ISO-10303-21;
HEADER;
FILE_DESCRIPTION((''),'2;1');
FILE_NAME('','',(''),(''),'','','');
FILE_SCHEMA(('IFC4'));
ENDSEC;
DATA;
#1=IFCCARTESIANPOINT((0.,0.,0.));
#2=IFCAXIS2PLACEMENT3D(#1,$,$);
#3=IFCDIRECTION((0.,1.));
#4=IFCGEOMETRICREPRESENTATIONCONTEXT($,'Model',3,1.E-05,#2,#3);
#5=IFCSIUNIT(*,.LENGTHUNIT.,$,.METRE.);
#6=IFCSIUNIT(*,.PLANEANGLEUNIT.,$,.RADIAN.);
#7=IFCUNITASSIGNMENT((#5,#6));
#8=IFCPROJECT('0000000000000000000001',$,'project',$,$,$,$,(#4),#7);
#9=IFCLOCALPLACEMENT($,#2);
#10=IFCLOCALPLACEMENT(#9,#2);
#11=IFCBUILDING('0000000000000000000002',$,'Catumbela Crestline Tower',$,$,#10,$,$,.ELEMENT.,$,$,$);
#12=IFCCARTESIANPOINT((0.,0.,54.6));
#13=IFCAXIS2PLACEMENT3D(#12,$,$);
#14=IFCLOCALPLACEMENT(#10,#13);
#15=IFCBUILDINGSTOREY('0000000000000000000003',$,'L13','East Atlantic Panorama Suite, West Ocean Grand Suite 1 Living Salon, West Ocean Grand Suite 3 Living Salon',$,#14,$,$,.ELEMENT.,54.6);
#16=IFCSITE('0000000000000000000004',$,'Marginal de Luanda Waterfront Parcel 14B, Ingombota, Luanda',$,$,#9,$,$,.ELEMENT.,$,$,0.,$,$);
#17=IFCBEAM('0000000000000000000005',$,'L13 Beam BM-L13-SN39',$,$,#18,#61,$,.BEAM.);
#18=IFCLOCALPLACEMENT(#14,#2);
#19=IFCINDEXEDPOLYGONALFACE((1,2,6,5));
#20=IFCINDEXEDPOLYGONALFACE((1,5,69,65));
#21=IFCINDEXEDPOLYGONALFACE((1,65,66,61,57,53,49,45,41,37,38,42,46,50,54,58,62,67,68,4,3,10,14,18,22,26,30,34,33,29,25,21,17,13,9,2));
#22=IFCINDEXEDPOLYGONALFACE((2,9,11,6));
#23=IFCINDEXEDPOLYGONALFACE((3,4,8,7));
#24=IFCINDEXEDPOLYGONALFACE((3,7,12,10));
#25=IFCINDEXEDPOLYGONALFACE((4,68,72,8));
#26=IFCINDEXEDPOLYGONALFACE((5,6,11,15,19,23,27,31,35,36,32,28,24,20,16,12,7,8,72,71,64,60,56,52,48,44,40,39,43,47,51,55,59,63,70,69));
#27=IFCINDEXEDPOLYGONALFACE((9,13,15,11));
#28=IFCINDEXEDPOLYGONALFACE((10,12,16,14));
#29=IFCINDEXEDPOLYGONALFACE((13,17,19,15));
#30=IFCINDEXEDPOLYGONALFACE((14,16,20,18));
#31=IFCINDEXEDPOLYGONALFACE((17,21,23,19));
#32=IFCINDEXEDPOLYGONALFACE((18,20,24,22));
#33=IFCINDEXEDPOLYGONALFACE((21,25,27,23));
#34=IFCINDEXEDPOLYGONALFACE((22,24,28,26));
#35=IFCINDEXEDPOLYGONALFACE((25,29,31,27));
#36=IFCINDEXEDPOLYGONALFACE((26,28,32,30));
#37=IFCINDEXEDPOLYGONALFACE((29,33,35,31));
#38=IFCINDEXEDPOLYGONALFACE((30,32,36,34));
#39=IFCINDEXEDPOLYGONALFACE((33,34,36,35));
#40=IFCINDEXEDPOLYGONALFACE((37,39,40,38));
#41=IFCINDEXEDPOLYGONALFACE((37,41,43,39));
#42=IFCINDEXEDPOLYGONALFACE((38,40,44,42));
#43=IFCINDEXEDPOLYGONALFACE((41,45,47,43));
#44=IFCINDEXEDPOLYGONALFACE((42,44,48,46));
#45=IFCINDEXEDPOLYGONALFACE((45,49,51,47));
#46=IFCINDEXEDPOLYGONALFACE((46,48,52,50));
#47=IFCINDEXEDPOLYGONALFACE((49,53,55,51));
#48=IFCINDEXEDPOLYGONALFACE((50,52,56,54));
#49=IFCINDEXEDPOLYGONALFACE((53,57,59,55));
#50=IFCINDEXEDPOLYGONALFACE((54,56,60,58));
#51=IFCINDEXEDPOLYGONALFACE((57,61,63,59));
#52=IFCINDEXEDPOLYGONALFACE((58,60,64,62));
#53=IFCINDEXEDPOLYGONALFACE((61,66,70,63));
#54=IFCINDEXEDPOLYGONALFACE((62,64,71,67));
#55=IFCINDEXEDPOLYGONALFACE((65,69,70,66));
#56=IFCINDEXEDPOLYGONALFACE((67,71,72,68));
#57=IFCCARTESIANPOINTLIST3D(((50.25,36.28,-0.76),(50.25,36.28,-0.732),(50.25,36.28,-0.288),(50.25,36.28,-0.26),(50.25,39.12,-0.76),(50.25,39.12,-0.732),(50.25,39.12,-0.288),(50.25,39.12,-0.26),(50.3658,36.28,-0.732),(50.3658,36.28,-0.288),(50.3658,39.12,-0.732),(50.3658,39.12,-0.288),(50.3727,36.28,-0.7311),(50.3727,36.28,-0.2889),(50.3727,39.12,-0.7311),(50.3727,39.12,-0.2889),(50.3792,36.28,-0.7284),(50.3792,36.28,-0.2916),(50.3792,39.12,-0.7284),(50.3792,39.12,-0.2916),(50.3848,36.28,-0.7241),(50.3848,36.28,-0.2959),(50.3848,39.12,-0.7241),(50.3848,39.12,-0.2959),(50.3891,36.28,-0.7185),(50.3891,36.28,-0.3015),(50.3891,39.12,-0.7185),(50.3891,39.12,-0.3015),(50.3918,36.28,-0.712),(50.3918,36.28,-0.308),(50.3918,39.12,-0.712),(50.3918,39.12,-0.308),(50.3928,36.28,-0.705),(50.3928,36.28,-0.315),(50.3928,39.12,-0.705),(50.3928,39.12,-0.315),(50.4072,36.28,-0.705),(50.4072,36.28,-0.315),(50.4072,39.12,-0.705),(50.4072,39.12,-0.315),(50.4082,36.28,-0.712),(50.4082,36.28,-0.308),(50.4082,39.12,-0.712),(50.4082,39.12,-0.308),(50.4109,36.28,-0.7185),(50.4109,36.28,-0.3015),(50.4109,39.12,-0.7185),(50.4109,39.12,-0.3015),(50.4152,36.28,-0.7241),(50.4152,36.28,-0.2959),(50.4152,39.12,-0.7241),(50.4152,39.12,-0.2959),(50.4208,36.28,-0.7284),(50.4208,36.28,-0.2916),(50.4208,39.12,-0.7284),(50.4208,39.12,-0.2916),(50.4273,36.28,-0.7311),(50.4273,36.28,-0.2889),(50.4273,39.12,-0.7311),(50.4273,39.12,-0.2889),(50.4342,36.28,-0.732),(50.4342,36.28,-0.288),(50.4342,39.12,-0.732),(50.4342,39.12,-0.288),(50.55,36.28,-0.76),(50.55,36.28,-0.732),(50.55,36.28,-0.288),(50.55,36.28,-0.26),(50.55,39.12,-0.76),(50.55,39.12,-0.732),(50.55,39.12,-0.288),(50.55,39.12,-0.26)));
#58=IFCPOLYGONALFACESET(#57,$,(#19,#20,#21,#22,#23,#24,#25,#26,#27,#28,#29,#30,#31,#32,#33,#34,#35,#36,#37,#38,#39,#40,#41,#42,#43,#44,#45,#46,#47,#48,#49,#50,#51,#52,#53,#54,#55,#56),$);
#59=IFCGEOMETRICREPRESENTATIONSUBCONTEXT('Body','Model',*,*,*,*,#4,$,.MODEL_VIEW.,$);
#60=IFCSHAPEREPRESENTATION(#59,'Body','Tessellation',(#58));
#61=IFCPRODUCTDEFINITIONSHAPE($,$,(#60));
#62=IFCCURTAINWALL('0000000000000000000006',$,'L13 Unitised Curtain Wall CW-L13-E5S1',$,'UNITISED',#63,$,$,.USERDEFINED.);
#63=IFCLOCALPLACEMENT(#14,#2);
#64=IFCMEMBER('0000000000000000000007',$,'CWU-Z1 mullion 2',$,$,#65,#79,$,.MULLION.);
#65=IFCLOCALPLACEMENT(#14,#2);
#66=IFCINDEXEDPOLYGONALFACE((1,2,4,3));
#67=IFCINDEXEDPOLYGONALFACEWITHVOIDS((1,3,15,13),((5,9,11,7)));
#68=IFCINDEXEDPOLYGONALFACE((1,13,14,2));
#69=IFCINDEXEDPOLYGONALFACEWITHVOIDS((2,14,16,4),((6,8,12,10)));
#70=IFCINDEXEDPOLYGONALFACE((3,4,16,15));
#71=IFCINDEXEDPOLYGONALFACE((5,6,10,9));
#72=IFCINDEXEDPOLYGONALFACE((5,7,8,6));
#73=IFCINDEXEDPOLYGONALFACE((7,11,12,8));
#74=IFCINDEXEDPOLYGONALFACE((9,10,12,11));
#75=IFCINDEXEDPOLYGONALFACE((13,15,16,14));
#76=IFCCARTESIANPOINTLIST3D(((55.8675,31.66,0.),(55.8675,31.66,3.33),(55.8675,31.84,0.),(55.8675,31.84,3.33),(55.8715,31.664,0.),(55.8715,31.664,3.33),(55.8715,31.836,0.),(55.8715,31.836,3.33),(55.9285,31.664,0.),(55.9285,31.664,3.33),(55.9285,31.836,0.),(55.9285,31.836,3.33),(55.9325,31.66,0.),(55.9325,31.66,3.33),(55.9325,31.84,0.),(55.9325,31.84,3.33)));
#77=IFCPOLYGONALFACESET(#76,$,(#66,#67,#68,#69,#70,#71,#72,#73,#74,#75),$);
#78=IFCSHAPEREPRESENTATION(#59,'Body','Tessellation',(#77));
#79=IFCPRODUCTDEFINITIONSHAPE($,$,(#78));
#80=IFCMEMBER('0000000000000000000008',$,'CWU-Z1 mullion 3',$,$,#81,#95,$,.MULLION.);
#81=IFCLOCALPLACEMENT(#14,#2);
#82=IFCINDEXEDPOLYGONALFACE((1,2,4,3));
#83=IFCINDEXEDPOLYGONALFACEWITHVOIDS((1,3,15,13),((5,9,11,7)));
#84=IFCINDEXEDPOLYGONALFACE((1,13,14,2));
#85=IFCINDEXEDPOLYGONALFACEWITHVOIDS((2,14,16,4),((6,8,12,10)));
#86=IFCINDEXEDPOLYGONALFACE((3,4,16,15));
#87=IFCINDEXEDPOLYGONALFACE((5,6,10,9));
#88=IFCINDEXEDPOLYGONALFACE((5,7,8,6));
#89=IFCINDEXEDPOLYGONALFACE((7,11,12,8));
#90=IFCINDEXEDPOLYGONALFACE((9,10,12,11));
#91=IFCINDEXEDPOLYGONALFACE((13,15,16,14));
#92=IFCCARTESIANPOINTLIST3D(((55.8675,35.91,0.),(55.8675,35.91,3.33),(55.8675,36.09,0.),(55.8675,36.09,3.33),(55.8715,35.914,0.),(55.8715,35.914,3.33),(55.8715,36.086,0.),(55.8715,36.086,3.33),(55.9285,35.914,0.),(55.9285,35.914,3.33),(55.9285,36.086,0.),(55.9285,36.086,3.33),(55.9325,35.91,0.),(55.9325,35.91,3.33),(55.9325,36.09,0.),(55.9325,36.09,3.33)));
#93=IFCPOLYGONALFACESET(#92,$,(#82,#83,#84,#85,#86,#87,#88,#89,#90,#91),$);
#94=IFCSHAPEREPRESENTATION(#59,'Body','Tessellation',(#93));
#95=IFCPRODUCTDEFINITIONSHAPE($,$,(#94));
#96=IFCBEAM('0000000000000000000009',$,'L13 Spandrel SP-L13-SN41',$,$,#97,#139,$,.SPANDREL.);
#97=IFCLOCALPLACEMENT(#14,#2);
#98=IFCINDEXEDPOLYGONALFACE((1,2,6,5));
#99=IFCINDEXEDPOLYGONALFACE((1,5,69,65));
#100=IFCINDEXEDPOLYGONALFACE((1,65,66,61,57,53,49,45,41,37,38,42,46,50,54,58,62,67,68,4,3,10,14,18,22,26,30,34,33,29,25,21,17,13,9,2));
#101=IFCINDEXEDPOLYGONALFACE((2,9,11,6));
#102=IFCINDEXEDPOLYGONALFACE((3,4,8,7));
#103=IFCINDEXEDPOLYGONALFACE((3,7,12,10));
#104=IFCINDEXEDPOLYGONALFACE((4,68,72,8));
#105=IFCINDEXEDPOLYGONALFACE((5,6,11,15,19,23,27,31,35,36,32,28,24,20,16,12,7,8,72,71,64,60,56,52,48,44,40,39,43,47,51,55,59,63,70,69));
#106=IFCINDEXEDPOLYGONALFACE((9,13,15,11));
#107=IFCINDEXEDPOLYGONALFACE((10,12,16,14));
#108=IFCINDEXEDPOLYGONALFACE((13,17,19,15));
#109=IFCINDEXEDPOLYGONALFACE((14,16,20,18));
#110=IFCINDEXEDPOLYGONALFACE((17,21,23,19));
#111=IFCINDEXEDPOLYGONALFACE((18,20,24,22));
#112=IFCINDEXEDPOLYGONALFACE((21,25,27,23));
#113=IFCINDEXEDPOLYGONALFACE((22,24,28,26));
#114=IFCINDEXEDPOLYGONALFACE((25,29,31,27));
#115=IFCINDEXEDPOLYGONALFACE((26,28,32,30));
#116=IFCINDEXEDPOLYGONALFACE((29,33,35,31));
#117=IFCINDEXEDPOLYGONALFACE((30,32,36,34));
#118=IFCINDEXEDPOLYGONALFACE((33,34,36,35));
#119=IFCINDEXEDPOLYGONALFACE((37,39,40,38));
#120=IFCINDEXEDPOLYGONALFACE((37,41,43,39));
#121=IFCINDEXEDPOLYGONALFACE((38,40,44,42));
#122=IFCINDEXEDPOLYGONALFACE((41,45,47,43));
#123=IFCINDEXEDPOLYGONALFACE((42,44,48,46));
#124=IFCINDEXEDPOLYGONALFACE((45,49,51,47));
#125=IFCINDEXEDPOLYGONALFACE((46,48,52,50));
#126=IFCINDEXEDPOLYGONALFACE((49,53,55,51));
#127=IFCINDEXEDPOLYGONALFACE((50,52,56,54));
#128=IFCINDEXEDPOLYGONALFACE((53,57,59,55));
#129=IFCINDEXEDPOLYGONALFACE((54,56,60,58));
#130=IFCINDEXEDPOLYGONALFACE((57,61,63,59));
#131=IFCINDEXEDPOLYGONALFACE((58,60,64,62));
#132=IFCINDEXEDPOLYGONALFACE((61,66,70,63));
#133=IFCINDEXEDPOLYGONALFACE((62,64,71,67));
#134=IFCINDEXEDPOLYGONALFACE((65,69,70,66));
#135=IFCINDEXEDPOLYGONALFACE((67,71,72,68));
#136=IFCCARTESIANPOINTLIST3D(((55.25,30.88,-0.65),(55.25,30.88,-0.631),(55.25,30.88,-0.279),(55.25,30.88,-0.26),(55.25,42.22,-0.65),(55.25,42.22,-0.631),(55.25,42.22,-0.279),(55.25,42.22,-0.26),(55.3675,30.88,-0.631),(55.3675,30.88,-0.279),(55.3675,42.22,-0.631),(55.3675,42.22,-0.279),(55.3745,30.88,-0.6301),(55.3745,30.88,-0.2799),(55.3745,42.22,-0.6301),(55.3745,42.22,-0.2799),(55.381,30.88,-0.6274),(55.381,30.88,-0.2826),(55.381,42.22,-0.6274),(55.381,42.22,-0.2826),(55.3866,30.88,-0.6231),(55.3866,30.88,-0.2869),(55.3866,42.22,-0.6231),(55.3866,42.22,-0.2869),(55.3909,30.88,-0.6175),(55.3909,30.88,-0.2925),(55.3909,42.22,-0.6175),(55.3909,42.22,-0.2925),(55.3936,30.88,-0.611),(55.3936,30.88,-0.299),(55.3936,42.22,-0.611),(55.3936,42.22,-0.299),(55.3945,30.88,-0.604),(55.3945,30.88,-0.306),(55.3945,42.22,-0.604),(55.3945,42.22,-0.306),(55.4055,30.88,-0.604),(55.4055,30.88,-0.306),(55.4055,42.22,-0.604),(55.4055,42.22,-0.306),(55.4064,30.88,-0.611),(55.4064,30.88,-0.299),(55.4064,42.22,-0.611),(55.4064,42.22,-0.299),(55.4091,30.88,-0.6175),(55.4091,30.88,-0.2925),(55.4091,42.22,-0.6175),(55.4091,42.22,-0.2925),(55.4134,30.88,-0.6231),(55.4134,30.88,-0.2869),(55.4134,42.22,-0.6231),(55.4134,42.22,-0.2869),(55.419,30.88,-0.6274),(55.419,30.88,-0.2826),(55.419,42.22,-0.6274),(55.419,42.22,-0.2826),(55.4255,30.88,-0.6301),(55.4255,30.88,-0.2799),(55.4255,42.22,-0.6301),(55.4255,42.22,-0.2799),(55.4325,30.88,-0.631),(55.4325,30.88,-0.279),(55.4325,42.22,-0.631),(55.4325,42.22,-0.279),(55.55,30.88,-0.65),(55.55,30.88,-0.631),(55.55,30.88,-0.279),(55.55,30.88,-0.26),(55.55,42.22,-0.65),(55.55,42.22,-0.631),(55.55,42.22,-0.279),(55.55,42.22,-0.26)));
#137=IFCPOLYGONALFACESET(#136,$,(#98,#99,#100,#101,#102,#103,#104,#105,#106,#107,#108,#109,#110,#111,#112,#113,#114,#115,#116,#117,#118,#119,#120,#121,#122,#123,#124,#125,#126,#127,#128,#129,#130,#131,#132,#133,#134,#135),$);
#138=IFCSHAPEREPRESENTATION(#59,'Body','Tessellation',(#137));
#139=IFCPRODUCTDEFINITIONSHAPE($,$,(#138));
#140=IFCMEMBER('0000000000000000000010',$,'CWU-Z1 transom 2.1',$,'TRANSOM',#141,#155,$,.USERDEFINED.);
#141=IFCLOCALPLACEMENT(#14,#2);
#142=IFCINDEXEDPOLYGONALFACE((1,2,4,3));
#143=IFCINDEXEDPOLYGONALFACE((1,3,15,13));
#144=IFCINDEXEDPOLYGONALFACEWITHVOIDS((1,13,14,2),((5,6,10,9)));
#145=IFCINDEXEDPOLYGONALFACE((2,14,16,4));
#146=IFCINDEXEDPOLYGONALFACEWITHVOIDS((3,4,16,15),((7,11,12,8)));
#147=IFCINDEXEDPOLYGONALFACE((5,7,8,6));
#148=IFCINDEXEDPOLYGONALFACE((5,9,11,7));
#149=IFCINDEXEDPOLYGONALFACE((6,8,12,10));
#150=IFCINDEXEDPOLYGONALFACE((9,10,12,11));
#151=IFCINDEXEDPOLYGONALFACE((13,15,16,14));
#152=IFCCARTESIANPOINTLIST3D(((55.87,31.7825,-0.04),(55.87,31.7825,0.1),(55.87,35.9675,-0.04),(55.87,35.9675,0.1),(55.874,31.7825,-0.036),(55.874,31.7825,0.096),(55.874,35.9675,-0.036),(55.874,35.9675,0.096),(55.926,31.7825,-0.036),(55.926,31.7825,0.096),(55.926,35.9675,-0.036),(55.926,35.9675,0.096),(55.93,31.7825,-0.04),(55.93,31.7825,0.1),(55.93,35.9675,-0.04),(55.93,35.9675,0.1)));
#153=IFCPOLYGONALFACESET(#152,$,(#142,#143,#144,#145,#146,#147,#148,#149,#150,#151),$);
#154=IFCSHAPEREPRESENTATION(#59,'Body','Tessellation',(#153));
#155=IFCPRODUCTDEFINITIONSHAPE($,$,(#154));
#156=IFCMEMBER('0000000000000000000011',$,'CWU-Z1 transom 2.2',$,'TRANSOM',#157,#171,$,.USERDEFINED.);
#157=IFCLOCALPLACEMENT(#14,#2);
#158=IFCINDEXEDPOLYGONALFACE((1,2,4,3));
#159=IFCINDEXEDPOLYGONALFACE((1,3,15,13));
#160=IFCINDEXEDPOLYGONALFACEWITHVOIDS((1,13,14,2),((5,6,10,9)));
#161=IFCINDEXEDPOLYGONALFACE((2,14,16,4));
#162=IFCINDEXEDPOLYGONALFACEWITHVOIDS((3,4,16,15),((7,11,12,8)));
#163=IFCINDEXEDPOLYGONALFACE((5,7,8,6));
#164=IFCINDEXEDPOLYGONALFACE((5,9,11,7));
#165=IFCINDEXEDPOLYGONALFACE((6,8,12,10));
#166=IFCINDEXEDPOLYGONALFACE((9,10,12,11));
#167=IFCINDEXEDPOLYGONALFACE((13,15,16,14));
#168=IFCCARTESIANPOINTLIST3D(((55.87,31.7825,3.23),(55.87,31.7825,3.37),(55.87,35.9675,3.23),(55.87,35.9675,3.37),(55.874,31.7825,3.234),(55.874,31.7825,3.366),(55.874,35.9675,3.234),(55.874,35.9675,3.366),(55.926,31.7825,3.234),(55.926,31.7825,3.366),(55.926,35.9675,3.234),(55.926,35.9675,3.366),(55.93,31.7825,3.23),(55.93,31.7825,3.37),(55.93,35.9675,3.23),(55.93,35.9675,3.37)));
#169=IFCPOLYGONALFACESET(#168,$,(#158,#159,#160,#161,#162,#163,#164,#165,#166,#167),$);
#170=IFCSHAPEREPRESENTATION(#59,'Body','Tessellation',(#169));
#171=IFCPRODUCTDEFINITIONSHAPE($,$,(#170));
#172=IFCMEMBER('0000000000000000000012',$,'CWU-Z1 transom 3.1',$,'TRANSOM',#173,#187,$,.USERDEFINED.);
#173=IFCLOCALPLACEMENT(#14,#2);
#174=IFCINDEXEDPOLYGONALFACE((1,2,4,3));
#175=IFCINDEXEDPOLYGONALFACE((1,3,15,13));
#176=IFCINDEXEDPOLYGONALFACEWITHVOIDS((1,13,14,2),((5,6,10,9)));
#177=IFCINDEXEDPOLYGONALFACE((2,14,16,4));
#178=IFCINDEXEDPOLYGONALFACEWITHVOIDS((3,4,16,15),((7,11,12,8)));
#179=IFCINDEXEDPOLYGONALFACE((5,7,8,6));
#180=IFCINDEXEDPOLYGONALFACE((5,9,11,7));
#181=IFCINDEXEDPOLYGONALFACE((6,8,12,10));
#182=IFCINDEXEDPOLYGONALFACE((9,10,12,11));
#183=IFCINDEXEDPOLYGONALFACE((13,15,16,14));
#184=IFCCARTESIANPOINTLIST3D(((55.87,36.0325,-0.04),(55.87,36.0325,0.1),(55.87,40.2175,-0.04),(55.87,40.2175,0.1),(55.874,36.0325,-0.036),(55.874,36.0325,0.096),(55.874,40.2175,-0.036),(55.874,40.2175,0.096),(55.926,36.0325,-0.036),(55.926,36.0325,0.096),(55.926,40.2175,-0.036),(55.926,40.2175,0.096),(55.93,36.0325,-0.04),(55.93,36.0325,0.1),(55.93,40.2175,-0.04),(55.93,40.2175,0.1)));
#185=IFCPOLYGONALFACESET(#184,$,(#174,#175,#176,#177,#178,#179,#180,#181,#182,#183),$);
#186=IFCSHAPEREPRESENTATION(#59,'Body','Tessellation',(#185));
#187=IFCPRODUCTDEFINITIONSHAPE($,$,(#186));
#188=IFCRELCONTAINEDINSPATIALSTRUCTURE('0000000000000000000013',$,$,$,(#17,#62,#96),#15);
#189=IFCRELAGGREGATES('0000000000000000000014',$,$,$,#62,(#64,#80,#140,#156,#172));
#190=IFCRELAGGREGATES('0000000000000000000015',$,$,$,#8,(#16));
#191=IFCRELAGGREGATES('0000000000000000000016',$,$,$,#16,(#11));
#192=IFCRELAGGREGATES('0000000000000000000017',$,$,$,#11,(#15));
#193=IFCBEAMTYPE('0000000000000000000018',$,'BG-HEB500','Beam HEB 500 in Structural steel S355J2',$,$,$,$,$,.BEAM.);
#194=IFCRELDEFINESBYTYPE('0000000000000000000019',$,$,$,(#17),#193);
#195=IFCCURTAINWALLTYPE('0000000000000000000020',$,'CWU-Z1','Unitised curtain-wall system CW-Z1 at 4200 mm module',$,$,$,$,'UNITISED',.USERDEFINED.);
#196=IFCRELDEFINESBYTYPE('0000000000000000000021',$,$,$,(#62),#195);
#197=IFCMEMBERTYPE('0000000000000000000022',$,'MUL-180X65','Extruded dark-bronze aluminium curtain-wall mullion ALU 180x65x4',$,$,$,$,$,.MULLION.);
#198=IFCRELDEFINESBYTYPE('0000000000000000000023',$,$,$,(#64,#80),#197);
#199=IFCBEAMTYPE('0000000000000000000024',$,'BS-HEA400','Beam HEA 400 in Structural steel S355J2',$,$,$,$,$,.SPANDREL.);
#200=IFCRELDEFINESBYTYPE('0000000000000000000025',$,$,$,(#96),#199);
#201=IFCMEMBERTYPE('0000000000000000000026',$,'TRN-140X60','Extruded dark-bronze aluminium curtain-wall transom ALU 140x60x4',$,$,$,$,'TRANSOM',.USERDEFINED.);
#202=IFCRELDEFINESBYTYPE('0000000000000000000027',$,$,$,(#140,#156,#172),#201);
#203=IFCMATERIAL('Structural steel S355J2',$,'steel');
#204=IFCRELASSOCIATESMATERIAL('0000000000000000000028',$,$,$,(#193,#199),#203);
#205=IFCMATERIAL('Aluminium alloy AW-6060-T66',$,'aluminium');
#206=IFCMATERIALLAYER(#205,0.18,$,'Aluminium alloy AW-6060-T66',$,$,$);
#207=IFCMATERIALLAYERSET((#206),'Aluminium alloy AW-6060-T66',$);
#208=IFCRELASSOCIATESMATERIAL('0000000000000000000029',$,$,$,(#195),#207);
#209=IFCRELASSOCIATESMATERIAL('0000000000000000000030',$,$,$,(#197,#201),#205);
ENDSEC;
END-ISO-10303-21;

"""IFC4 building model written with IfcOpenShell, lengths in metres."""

from ifc_helpers import new_model, si_unit, direction, frame, origin, origin_2d, place, context, subcontext, project, spatial, hollow_rectangle, i_section, extrude, material, layer, layer_set, material_profile, profile_set, type_object, element, aggregate, save


model = new_model("IFC4")

# Units and contexts
model_context = context("Model", 3, precision=1e-05, world=origin(), true_north=direction((0.0, 1.0)))
body_context = subcontext(model_context, "Body", "Model", "MODEL_VIEW")
ifc_project = project(units=[si_unit("LENGTHUNIT", "METRE"), si_unit("PLANEANGLEUNIT", "RADIAN")], contexts=[model_context])

# Site, building, storey
site_placement = place(None, origin())
site = spatial("IfcSite", under=ifc_project, at=site_placement, Name="Marginal de Luanda Waterfront Parcel 14B, Ingombota, Luanda", CompositionType="ELEMENT", RefElevation=0.0)
building_placement = place(site_placement, origin())
building = spatial("IfcBuilding", under=site, at=building_placement, Name="Catumbela Crestline Tower", CompositionType="ELEMENT")
storey_placement = place(building_placement, frame((0.0, 0.0, 54.6)))
storey = spatial("IfcBuildingStorey", under=building, at=storey_placement, Name="L13", Description="East Atlantic Panorama Suite, West Ocean Grand Suite 1 Living Salon, West Ocean Grand Suite 3 Living Salon", CompositionType="ELEMENT", Elevation=54.6)

# Beam
ifc_material_1 = material(Name="Structural steel S355J2", Category="steel")
ifc_material_profile_1 = material_profile(ifc_material_1, i_section(OverallWidth=0.3, OverallDepth=0.5, WebThickness=0.0145, FlangeThickness=0.028, FilletRadius=0.027, at=origin_2d()), Name="HEB 500")
ifc_profile_set_1 = profile_set([ifc_material_profile_1], Name="Structural steel S355J2")
beam_type_1 = type_object("IfcBeamType", Name="BG-HEB500", Description="Beam HEB 500 in Structural steel S355J2", PredefinedType="BEAM", material=ifc_profile_set_1)
beam_1_placement = place(storey_placement, frame((50.4, 36.28, -0.51), z_axis=(0.0, 1.0, 0.0), x_axis=(-1.0, 0.0, 0.0)))
element("IfcBeam", 1, at=beam_1_placement, inside=storey, type_object=beam_type_1, Name="L13 Beam BM-L13-SN39", PredefinedType="BEAM", context=body_context, shape_type="SweptSolid", body=[
    extrude(i_section(OverallWidth=0.3, OverallDepth=0.5, WebThickness=0.0145, FlangeThickness=0.028, FilletRadius=0.027, at=origin_2d()), origin(), (0.0, 0.0, 1.0), 2.84),
])

# Curtain wall, members
ifc_material_2 = material(Name="Aluminium alloy AW-6060-T66", Category="aluminium")
ifc_layer_1 = layer(ifc_material_2, 0.18, Name="Aluminium alloy AW-6060-T66")
ifc_layer_set_1 = layer_set([ifc_layer_1], Name="Aluminium alloy AW-6060-T66")
curtain_wall_type = type_object("IfcCurtainWallType", Name="CWU-Z1", Description="Unitised curtain-wall system CW-Z1 at 4200 mm module", ElementType="UNITISED", PredefinedType="USERDEFINED", material=ifc_layer_set_1)
curtain_wall_placement = place(storey_placement, origin())
curtain_wall = element("IfcCurtainWall", 2, at=curtain_wall_placement, inside=storey, type_object=curtain_wall_type, Name="L13 Unitised Curtain Wall CW-L13-E5S1", ObjectType="UNITISED", PredefinedType="USERDEFINED")
ifc_material_profile_2 = material_profile(ifc_material_2, hollow_rectangle(XDim=0.065, YDim=0.18, WallThickness=0.004, at=origin_2d()), Name="ALU 180x65x4")
ifc_profile_set_2 = profile_set([ifc_material_profile_2], Name="Aluminium alloy AW-6060-T66")
member_type_1 = type_object("IfcMemberType", Name="MUL-180X65", Description="Extruded dark-bronze aluminium curtain-wall mullion ALU 180x65x4", PredefinedType="MULLION", material=ifc_profile_set_2)
member_1_placement = place(storey_placement, frame((55.9, 31.75, 0.0), z_axis=(0.0, 0.0, 1.0), x_axis=(-1.0, 0.0, 0.0)))
member_1 = element("IfcMember", 3, at=member_1_placement, type_object=member_type_1, Name="CWU-Z1 mullion 2", PredefinedType="MULLION", context=body_context, shape_type="SweptSolid", body=[
    extrude(hollow_rectangle(XDim=0.065, YDim=0.18, WallThickness=0.004, at=origin_2d()), origin(), (0.0, 0.0, 1.0), 3.33),
])
member_2_placement = place(storey_placement, frame((55.9, 36.0, 0.0), z_axis=(0.0, 0.0, 1.0), x_axis=(-1.0, 0.0, 0.0)))
member_2 = element("IfcMember", 4, at=member_2_placement, type_object=member_type_1, Name="CWU-Z1 mullion 3", PredefinedType="MULLION", context=body_context, shape_type="SweptSolid", body=[
    extrude(hollow_rectangle(XDim=0.065, YDim=0.18, WallThickness=0.004, at=origin_2d()), origin(), (0.0, 0.0, 1.0), 3.33),
])

# Beam
ifc_material_profile_3 = material_profile(ifc_material_1, i_section(OverallWidth=0.3, OverallDepth=0.39, WebThickness=0.011, FlangeThickness=0.019, FilletRadius=0.027, at=origin_2d()), Name="HEA 400")
ifc_profile_set_3 = profile_set([ifc_material_profile_3], Name="Structural steel S355J2")
beam_type_2 = type_object("IfcBeamType", Name="BS-HEA400", Description="Beam HEA 400 in Structural steel S355J2", PredefinedType="SPANDREL", material=ifc_profile_set_3)
beam_2_placement = place(storey_placement, frame((55.4, 30.88, -0.455), z_axis=(0.0, 1.0, 0.0), x_axis=(-1.0, 0.0, 0.0)))
element("IfcBeam", 5, at=beam_2_placement, inside=storey, type_object=beam_type_2, Name="L13 Spandrel SP-L13-SN41", PredefinedType="SPANDREL", context=body_context, shape_type="SweptSolid", body=[
    extrude(i_section(OverallWidth=0.3, OverallDepth=0.39, WebThickness=0.011, FlangeThickness=0.019, FilletRadius=0.027, at=origin_2d()), origin(), (0.0, 0.0, 1.0), 11.34),
])

# Members
ifc_material_profile_4 = material_profile(ifc_material_2, hollow_rectangle(XDim=0.06, YDim=0.14, WallThickness=0.004, at=origin_2d()), Name="ALU 140x60x4")
ifc_profile_set_4 = profile_set([ifc_material_profile_4], Name="Aluminium alloy AW-6060-T66")
member_type_2 = type_object("IfcMemberType", Name="TRN-140X60", Description="Extruded dark-bronze aluminium curtain-wall transom ALU 140x60x4", ElementType="TRANSOM", PredefinedType="USERDEFINED", material=ifc_profile_set_4)
member_3_placement = place(storey_placement, frame((55.9, 31.7825, 0.03), z_axis=(0.0, 1.0, 0.0), x_axis=(-1.0, 0.0, 0.0)))
member_3 = element("IfcMember", 6, at=member_3_placement, type_object=member_type_2, Name="CWU-Z1 transom 2.1", ObjectType="TRANSOM", PredefinedType="USERDEFINED", context=body_context, shape_type="SweptSolid", body=[
    extrude(hollow_rectangle(XDim=0.06, YDim=0.14, WallThickness=0.004, at=origin_2d()), origin(), (0.0, 0.0, 1.0), 4.185),
])
member_4_placement = place(storey_placement, frame((55.9, 31.7825, 3.3), z_axis=(0.0, 1.0, 0.0), x_axis=(-1.0, 0.0, 0.0)))
member_4 = element("IfcMember", 7, at=member_4_placement, type_object=member_type_2, Name="CWU-Z1 transom 2.2", ObjectType="TRANSOM", PredefinedType="USERDEFINED", context=body_context, shape_type="SweptSolid", body=[
    extrude(hollow_rectangle(XDim=0.06, YDim=0.14, WallThickness=0.004, at=origin_2d()), origin(), (0.0, 0.0, 1.0), 4.185),
])
member_5_placement = place(storey_placement, frame((55.9, 36.0325, 0.03), z_axis=(0.0, 1.0, 0.0), x_axis=(-1.0, 0.0, 0.0)))
member_5 = element("IfcMember", 8, at=member_5_placement, type_object=member_type_2, Name="CWU-Z1 transom 3.1", ObjectType="TRANSOM", PredefinedType="USERDEFINED", context=body_context, shape_type="SweptSolid", body=[
    extrude(hollow_rectangle(XDim=0.06, YDim=0.14, WallThickness=0.004, at=origin_2d()), origin(), (0.0, 0.0, 1.0), 4.185),
])

aggregate(curtain_wall, [member_1, member_2, member_3, member_4, member_5])

save(model, "model.ifc")
